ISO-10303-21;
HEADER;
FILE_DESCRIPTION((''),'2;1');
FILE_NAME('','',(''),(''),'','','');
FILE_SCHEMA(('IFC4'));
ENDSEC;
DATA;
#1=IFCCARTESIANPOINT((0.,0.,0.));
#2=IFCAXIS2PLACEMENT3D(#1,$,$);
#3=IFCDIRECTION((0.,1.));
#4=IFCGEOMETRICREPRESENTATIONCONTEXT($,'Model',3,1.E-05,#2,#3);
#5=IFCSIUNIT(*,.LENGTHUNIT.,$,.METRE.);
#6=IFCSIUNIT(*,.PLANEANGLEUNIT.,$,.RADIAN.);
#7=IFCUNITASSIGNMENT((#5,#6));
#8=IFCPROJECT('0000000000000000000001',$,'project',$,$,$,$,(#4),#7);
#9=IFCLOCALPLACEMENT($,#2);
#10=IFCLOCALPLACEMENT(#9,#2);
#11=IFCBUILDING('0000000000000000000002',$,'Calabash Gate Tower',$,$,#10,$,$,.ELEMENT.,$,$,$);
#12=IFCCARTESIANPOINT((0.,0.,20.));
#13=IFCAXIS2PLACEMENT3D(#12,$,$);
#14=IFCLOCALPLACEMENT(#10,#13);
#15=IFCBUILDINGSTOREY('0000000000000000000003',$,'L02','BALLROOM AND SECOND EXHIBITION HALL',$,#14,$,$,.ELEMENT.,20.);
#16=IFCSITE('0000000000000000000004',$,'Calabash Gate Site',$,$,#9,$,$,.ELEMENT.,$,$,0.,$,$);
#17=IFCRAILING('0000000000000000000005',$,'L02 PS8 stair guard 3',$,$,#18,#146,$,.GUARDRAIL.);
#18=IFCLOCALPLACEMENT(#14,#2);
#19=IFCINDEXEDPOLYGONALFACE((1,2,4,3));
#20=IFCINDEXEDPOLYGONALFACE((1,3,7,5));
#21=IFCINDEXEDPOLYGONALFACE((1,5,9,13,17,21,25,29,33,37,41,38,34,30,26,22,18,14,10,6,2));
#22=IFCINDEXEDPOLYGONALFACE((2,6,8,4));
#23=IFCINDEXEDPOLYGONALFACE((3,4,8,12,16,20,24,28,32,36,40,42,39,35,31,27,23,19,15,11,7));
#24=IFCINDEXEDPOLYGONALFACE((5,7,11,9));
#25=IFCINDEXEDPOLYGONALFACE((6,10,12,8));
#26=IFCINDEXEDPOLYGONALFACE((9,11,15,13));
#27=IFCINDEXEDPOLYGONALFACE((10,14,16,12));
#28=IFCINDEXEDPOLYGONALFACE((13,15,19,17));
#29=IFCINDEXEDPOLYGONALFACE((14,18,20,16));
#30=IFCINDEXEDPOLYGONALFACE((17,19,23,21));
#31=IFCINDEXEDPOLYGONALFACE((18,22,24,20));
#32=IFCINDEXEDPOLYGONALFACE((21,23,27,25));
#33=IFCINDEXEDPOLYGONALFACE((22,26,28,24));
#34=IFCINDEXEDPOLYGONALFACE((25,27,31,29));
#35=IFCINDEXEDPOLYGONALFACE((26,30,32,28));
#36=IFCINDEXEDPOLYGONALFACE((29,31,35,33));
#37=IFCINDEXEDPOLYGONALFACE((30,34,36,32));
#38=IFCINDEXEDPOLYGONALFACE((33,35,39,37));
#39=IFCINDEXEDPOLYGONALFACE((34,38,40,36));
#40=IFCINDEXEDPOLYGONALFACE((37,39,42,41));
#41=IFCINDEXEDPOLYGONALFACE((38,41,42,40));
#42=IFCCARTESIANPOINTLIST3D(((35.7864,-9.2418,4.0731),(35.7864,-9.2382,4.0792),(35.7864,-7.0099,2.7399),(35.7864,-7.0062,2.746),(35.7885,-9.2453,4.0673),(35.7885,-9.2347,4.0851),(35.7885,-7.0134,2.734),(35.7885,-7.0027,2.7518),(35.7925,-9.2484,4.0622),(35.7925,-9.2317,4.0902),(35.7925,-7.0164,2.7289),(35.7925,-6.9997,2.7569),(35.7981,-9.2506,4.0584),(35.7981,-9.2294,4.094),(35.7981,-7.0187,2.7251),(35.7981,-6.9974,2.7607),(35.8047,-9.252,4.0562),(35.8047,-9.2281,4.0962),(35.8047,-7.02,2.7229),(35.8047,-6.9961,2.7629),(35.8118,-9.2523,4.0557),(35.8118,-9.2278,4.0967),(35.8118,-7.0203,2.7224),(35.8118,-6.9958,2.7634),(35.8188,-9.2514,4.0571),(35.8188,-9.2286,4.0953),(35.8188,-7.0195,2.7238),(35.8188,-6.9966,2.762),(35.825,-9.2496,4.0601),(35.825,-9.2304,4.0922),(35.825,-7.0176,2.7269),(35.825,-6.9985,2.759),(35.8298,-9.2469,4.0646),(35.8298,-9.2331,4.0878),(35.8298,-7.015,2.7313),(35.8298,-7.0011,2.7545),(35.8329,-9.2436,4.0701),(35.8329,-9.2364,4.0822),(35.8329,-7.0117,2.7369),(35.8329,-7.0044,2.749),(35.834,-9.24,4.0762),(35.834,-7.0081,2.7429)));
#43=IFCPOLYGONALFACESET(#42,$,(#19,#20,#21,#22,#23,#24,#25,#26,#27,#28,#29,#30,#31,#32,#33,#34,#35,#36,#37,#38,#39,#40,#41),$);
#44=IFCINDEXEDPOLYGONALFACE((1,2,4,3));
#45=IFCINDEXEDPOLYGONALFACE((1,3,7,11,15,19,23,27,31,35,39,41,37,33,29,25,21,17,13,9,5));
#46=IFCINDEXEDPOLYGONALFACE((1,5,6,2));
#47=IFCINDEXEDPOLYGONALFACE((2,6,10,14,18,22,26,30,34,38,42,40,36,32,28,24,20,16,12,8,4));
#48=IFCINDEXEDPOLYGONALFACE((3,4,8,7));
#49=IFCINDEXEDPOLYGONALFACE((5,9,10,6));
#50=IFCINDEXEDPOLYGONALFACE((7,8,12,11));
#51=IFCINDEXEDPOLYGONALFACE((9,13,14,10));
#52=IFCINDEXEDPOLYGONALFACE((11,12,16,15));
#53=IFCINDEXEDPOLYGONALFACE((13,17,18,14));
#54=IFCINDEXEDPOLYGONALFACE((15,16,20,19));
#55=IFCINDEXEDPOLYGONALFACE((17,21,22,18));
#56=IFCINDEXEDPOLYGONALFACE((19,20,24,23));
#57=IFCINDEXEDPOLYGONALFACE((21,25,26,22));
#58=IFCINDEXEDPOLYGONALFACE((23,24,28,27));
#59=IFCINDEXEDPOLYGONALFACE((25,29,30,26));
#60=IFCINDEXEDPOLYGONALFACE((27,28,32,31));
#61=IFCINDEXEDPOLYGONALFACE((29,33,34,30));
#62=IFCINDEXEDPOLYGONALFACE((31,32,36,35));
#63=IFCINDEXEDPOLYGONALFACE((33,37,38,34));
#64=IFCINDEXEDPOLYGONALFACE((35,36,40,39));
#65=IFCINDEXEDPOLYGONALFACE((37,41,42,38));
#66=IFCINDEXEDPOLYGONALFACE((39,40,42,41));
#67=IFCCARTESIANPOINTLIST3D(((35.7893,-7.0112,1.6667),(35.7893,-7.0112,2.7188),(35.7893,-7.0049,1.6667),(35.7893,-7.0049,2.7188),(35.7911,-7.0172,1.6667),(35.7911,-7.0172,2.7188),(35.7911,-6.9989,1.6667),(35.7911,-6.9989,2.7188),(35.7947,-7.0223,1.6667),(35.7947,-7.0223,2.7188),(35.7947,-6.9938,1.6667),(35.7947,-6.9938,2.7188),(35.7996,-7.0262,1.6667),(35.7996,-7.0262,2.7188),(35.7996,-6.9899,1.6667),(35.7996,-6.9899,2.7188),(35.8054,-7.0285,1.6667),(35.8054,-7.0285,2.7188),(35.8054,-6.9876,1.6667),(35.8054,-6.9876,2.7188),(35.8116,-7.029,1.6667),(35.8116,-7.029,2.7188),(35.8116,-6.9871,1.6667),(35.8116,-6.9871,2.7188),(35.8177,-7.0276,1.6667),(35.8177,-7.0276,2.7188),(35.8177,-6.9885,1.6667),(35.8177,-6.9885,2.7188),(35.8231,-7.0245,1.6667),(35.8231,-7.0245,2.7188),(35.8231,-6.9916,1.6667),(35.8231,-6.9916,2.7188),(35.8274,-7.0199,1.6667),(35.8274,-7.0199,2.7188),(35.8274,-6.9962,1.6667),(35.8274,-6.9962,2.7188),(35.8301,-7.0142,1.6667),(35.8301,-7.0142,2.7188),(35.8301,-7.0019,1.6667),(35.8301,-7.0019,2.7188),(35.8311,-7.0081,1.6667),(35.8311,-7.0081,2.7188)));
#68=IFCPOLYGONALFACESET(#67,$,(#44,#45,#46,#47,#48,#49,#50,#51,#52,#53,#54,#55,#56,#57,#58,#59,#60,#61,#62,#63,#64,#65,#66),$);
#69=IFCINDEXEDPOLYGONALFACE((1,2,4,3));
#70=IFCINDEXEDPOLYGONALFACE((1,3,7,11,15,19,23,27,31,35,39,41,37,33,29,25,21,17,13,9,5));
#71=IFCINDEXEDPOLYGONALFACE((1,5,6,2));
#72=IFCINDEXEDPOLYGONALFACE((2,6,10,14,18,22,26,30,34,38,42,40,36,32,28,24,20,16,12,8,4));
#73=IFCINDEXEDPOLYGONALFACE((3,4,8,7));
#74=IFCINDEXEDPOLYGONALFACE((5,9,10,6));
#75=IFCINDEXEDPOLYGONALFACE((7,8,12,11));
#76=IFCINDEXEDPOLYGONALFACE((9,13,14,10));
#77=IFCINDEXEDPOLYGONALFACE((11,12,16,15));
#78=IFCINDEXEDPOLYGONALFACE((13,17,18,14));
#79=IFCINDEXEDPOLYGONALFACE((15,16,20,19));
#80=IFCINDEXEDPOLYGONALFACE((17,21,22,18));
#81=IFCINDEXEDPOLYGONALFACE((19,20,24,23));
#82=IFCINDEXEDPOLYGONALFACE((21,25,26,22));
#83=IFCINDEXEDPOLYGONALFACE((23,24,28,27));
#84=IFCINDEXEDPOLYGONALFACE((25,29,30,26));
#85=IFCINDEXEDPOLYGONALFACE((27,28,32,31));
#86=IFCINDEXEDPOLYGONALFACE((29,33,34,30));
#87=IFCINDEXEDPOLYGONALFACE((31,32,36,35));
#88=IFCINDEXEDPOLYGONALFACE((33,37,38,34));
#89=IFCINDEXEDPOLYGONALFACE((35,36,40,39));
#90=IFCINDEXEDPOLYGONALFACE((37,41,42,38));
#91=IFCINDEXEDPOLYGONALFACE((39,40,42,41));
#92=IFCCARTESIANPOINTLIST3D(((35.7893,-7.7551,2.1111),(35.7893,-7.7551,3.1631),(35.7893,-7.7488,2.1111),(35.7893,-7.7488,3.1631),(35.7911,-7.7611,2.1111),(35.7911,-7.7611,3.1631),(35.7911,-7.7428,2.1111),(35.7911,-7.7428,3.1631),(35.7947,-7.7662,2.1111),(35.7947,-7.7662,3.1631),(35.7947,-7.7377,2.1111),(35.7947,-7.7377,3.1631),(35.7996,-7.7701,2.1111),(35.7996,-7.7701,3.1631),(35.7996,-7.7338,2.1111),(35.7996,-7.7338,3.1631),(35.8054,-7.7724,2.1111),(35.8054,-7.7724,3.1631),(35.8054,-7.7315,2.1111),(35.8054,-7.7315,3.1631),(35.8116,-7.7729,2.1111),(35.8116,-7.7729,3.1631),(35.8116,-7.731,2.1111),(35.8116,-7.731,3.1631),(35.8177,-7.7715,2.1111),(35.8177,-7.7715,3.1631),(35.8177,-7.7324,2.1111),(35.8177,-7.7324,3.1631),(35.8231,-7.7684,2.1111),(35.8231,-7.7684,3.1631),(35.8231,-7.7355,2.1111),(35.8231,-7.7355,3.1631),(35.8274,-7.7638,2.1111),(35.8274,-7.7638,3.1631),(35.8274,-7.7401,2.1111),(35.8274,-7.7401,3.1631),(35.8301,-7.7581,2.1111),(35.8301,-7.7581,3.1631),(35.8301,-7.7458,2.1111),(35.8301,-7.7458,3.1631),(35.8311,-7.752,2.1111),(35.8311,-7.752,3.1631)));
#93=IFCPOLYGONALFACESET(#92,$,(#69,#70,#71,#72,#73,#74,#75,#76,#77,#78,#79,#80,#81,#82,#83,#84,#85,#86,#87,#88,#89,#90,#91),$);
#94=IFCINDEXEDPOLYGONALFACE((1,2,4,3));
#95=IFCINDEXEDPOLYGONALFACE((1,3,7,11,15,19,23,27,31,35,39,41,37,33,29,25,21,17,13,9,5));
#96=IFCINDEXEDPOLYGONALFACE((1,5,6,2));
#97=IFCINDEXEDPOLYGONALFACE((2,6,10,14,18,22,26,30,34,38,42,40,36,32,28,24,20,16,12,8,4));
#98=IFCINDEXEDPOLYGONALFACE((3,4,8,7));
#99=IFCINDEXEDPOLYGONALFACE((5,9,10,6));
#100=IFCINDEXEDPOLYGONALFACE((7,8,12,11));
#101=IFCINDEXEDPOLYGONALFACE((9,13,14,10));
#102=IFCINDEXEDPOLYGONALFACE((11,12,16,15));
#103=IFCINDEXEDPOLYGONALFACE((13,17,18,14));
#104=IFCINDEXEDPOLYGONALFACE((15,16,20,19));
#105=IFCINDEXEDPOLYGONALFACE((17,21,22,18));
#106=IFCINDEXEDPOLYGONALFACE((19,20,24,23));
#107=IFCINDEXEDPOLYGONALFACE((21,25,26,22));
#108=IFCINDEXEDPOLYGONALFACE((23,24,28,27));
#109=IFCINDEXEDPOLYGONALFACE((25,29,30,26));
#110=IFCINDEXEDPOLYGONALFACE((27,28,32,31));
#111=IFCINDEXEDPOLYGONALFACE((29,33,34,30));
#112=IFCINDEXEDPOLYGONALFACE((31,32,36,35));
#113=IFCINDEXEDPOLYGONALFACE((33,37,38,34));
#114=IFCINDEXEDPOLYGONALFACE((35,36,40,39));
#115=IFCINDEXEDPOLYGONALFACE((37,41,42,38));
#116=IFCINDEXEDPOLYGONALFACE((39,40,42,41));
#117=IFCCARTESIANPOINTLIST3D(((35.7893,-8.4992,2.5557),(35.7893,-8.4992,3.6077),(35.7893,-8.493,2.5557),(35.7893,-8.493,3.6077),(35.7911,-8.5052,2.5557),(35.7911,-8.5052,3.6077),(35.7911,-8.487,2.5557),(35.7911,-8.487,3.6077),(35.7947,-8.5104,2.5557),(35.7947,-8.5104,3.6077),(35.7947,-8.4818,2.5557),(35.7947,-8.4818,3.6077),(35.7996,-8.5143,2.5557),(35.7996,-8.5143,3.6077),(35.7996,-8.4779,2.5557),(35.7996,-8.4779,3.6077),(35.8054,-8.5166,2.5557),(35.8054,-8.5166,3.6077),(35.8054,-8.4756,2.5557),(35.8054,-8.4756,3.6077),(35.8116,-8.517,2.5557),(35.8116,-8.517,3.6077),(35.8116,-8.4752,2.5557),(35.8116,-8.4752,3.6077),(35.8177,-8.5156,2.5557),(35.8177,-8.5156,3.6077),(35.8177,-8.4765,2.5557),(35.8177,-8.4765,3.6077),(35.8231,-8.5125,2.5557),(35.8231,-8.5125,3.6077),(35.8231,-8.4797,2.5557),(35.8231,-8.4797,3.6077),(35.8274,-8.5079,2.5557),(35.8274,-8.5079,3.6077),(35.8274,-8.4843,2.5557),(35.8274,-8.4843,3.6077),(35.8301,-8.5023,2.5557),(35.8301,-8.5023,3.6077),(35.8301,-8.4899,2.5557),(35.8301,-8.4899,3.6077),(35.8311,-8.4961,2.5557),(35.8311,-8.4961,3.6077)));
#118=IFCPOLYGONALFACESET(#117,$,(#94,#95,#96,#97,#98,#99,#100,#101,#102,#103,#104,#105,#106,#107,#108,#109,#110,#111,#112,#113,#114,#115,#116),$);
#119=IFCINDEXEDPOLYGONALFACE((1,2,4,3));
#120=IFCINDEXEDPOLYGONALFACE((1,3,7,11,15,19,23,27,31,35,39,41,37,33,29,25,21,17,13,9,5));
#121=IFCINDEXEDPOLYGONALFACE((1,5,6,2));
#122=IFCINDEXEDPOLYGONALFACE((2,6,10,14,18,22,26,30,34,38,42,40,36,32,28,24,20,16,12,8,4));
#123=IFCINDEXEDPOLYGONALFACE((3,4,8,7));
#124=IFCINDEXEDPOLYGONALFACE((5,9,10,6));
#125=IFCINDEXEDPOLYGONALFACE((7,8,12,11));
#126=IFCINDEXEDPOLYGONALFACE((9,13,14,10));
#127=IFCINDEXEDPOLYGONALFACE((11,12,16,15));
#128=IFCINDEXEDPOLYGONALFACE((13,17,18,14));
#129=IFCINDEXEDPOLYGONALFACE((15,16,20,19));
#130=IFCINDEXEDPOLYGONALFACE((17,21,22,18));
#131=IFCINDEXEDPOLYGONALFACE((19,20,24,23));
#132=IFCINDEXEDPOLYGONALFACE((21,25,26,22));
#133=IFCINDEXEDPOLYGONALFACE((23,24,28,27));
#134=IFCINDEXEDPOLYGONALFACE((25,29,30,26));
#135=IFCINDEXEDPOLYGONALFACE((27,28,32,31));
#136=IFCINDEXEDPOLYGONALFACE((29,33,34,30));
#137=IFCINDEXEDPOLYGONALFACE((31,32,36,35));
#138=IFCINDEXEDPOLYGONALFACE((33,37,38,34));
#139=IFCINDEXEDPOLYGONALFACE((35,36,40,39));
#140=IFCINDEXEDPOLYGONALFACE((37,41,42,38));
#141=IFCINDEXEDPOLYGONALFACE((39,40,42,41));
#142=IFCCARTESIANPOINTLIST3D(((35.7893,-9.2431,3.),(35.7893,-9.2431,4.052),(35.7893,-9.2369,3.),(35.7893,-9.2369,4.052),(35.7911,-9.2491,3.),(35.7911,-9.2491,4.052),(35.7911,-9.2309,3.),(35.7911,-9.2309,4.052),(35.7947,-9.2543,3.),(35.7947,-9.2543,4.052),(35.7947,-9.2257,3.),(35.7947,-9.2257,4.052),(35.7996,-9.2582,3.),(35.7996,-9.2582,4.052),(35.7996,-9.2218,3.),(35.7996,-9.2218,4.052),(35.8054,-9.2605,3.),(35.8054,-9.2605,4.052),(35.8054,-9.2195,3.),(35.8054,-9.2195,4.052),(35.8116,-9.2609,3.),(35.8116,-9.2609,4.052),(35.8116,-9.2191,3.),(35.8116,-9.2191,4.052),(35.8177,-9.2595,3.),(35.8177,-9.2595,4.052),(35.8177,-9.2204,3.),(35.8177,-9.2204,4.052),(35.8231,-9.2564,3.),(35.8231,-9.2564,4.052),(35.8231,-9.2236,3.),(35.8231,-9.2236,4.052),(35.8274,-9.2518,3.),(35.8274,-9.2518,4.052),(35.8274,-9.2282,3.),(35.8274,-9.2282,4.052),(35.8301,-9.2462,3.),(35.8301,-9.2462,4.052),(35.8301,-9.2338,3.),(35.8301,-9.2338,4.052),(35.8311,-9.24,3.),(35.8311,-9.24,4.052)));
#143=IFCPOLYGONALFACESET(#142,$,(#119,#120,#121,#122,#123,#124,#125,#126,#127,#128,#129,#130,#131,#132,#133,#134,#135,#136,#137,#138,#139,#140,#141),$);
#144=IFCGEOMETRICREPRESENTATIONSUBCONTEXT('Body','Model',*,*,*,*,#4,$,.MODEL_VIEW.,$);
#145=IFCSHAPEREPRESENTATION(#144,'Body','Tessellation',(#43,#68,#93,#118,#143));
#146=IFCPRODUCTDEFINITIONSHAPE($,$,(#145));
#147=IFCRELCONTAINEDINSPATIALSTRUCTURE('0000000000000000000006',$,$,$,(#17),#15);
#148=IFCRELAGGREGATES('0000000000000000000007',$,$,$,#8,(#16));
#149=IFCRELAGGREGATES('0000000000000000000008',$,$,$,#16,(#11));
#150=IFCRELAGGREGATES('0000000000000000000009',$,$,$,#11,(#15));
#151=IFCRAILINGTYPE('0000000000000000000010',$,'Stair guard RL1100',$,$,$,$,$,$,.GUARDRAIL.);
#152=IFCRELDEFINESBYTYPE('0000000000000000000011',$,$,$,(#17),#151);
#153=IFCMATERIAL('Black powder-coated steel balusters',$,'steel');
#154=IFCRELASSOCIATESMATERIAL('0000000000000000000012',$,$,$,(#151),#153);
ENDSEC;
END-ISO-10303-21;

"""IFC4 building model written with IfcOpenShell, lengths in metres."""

from ifc_helpers import new_model, si_unit, direction, frame, origin, origin_2d, place, context, subcontext, project, spatial, circle, extrude, material, type_object, element, save


model = new_model("IFC4")

# Units and contexts
model_context = context("Model", 3, precision=1e-05, world=origin(), true_north=direction((0.0, 1.0)))
body_context = subcontext(model_context, "Body", "Model", "MODEL_VIEW")
ifc_project = project(units=[si_unit("LENGTHUNIT", "METRE"), si_unit("PLANEANGLEUNIT", "RADIAN")], contexts=[model_context])

# Site, building, storey
site_placement = place(None, origin())
site = spatial("IfcSite", under=ifc_project, at=site_placement, Name="Calabash Gate Site", CompositionType="ELEMENT", RefElevation=0.0)
building_placement = place(site_placement, origin())
building = spatial("IfcBuilding", under=site, at=building_placement, Name="Calabash Gate Tower", CompositionType="ELEMENT")
storey_placement = place(building_placement, frame((0.0, 0.0, 20.0)))
storey = spatial("IfcBuildingStorey", under=building, at=storey_placement, Name="L02", Description="BALLROOM AND SECOND EXHIBITION HALL", CompositionType="ELEMENT", Elevation=20.0)

# Railing
ifc_material_1 = material(Name="Black powder-coated steel balusters", Category="steel")
railing_type_1 = type_object("IfcRailingType", Name="Stair guard RL1100", PredefinedType="GUARDRAIL", material=ifc_material_1)
railing_1_placement = place(storey_placement, frame((35.8101, -7.0081, 1.6667)))
element("IfcRailing", 1, at=railing_1_placement, inside=storey, type_object=railing_type_1, Name="L02 PS8 stair guard 3", PredefinedType="GUARDRAIL", context=body_context, shape_type="SweptSolid", body=[
    extrude(circle(Radius=0.0239, at=origin_2d()), frame((0.0, 0.0, 1.0762), z_axis=(0.0, -0.858494, 0.512824), x_axis=(1.0, 0.0, 0.0)), (0.0, 0.0, 1.0), 2.5999),
    extrude(circle(Radius=0.021, at=origin_2d()), origin(), (0.0, 0.0, 1.0), 1.052),
    extrude(circle(Radius=0.021, at=origin_2d()), frame((0.0, -0.7439, 0.4443)), (0.0, 0.0, 1.0), 1.052),
    extrude(circle(Radius=0.021, at=origin_2d()), frame((0.0, -1.488, 0.8889)), (0.0, 0.0, 1.0), 1.052),
    extrude(circle(Radius=0.021, at=origin_2d()), frame((0.0, -2.2319, 1.3333)), (0.0, 0.0, 1.0), 1.052),
])

save(model, "model.ifc")
